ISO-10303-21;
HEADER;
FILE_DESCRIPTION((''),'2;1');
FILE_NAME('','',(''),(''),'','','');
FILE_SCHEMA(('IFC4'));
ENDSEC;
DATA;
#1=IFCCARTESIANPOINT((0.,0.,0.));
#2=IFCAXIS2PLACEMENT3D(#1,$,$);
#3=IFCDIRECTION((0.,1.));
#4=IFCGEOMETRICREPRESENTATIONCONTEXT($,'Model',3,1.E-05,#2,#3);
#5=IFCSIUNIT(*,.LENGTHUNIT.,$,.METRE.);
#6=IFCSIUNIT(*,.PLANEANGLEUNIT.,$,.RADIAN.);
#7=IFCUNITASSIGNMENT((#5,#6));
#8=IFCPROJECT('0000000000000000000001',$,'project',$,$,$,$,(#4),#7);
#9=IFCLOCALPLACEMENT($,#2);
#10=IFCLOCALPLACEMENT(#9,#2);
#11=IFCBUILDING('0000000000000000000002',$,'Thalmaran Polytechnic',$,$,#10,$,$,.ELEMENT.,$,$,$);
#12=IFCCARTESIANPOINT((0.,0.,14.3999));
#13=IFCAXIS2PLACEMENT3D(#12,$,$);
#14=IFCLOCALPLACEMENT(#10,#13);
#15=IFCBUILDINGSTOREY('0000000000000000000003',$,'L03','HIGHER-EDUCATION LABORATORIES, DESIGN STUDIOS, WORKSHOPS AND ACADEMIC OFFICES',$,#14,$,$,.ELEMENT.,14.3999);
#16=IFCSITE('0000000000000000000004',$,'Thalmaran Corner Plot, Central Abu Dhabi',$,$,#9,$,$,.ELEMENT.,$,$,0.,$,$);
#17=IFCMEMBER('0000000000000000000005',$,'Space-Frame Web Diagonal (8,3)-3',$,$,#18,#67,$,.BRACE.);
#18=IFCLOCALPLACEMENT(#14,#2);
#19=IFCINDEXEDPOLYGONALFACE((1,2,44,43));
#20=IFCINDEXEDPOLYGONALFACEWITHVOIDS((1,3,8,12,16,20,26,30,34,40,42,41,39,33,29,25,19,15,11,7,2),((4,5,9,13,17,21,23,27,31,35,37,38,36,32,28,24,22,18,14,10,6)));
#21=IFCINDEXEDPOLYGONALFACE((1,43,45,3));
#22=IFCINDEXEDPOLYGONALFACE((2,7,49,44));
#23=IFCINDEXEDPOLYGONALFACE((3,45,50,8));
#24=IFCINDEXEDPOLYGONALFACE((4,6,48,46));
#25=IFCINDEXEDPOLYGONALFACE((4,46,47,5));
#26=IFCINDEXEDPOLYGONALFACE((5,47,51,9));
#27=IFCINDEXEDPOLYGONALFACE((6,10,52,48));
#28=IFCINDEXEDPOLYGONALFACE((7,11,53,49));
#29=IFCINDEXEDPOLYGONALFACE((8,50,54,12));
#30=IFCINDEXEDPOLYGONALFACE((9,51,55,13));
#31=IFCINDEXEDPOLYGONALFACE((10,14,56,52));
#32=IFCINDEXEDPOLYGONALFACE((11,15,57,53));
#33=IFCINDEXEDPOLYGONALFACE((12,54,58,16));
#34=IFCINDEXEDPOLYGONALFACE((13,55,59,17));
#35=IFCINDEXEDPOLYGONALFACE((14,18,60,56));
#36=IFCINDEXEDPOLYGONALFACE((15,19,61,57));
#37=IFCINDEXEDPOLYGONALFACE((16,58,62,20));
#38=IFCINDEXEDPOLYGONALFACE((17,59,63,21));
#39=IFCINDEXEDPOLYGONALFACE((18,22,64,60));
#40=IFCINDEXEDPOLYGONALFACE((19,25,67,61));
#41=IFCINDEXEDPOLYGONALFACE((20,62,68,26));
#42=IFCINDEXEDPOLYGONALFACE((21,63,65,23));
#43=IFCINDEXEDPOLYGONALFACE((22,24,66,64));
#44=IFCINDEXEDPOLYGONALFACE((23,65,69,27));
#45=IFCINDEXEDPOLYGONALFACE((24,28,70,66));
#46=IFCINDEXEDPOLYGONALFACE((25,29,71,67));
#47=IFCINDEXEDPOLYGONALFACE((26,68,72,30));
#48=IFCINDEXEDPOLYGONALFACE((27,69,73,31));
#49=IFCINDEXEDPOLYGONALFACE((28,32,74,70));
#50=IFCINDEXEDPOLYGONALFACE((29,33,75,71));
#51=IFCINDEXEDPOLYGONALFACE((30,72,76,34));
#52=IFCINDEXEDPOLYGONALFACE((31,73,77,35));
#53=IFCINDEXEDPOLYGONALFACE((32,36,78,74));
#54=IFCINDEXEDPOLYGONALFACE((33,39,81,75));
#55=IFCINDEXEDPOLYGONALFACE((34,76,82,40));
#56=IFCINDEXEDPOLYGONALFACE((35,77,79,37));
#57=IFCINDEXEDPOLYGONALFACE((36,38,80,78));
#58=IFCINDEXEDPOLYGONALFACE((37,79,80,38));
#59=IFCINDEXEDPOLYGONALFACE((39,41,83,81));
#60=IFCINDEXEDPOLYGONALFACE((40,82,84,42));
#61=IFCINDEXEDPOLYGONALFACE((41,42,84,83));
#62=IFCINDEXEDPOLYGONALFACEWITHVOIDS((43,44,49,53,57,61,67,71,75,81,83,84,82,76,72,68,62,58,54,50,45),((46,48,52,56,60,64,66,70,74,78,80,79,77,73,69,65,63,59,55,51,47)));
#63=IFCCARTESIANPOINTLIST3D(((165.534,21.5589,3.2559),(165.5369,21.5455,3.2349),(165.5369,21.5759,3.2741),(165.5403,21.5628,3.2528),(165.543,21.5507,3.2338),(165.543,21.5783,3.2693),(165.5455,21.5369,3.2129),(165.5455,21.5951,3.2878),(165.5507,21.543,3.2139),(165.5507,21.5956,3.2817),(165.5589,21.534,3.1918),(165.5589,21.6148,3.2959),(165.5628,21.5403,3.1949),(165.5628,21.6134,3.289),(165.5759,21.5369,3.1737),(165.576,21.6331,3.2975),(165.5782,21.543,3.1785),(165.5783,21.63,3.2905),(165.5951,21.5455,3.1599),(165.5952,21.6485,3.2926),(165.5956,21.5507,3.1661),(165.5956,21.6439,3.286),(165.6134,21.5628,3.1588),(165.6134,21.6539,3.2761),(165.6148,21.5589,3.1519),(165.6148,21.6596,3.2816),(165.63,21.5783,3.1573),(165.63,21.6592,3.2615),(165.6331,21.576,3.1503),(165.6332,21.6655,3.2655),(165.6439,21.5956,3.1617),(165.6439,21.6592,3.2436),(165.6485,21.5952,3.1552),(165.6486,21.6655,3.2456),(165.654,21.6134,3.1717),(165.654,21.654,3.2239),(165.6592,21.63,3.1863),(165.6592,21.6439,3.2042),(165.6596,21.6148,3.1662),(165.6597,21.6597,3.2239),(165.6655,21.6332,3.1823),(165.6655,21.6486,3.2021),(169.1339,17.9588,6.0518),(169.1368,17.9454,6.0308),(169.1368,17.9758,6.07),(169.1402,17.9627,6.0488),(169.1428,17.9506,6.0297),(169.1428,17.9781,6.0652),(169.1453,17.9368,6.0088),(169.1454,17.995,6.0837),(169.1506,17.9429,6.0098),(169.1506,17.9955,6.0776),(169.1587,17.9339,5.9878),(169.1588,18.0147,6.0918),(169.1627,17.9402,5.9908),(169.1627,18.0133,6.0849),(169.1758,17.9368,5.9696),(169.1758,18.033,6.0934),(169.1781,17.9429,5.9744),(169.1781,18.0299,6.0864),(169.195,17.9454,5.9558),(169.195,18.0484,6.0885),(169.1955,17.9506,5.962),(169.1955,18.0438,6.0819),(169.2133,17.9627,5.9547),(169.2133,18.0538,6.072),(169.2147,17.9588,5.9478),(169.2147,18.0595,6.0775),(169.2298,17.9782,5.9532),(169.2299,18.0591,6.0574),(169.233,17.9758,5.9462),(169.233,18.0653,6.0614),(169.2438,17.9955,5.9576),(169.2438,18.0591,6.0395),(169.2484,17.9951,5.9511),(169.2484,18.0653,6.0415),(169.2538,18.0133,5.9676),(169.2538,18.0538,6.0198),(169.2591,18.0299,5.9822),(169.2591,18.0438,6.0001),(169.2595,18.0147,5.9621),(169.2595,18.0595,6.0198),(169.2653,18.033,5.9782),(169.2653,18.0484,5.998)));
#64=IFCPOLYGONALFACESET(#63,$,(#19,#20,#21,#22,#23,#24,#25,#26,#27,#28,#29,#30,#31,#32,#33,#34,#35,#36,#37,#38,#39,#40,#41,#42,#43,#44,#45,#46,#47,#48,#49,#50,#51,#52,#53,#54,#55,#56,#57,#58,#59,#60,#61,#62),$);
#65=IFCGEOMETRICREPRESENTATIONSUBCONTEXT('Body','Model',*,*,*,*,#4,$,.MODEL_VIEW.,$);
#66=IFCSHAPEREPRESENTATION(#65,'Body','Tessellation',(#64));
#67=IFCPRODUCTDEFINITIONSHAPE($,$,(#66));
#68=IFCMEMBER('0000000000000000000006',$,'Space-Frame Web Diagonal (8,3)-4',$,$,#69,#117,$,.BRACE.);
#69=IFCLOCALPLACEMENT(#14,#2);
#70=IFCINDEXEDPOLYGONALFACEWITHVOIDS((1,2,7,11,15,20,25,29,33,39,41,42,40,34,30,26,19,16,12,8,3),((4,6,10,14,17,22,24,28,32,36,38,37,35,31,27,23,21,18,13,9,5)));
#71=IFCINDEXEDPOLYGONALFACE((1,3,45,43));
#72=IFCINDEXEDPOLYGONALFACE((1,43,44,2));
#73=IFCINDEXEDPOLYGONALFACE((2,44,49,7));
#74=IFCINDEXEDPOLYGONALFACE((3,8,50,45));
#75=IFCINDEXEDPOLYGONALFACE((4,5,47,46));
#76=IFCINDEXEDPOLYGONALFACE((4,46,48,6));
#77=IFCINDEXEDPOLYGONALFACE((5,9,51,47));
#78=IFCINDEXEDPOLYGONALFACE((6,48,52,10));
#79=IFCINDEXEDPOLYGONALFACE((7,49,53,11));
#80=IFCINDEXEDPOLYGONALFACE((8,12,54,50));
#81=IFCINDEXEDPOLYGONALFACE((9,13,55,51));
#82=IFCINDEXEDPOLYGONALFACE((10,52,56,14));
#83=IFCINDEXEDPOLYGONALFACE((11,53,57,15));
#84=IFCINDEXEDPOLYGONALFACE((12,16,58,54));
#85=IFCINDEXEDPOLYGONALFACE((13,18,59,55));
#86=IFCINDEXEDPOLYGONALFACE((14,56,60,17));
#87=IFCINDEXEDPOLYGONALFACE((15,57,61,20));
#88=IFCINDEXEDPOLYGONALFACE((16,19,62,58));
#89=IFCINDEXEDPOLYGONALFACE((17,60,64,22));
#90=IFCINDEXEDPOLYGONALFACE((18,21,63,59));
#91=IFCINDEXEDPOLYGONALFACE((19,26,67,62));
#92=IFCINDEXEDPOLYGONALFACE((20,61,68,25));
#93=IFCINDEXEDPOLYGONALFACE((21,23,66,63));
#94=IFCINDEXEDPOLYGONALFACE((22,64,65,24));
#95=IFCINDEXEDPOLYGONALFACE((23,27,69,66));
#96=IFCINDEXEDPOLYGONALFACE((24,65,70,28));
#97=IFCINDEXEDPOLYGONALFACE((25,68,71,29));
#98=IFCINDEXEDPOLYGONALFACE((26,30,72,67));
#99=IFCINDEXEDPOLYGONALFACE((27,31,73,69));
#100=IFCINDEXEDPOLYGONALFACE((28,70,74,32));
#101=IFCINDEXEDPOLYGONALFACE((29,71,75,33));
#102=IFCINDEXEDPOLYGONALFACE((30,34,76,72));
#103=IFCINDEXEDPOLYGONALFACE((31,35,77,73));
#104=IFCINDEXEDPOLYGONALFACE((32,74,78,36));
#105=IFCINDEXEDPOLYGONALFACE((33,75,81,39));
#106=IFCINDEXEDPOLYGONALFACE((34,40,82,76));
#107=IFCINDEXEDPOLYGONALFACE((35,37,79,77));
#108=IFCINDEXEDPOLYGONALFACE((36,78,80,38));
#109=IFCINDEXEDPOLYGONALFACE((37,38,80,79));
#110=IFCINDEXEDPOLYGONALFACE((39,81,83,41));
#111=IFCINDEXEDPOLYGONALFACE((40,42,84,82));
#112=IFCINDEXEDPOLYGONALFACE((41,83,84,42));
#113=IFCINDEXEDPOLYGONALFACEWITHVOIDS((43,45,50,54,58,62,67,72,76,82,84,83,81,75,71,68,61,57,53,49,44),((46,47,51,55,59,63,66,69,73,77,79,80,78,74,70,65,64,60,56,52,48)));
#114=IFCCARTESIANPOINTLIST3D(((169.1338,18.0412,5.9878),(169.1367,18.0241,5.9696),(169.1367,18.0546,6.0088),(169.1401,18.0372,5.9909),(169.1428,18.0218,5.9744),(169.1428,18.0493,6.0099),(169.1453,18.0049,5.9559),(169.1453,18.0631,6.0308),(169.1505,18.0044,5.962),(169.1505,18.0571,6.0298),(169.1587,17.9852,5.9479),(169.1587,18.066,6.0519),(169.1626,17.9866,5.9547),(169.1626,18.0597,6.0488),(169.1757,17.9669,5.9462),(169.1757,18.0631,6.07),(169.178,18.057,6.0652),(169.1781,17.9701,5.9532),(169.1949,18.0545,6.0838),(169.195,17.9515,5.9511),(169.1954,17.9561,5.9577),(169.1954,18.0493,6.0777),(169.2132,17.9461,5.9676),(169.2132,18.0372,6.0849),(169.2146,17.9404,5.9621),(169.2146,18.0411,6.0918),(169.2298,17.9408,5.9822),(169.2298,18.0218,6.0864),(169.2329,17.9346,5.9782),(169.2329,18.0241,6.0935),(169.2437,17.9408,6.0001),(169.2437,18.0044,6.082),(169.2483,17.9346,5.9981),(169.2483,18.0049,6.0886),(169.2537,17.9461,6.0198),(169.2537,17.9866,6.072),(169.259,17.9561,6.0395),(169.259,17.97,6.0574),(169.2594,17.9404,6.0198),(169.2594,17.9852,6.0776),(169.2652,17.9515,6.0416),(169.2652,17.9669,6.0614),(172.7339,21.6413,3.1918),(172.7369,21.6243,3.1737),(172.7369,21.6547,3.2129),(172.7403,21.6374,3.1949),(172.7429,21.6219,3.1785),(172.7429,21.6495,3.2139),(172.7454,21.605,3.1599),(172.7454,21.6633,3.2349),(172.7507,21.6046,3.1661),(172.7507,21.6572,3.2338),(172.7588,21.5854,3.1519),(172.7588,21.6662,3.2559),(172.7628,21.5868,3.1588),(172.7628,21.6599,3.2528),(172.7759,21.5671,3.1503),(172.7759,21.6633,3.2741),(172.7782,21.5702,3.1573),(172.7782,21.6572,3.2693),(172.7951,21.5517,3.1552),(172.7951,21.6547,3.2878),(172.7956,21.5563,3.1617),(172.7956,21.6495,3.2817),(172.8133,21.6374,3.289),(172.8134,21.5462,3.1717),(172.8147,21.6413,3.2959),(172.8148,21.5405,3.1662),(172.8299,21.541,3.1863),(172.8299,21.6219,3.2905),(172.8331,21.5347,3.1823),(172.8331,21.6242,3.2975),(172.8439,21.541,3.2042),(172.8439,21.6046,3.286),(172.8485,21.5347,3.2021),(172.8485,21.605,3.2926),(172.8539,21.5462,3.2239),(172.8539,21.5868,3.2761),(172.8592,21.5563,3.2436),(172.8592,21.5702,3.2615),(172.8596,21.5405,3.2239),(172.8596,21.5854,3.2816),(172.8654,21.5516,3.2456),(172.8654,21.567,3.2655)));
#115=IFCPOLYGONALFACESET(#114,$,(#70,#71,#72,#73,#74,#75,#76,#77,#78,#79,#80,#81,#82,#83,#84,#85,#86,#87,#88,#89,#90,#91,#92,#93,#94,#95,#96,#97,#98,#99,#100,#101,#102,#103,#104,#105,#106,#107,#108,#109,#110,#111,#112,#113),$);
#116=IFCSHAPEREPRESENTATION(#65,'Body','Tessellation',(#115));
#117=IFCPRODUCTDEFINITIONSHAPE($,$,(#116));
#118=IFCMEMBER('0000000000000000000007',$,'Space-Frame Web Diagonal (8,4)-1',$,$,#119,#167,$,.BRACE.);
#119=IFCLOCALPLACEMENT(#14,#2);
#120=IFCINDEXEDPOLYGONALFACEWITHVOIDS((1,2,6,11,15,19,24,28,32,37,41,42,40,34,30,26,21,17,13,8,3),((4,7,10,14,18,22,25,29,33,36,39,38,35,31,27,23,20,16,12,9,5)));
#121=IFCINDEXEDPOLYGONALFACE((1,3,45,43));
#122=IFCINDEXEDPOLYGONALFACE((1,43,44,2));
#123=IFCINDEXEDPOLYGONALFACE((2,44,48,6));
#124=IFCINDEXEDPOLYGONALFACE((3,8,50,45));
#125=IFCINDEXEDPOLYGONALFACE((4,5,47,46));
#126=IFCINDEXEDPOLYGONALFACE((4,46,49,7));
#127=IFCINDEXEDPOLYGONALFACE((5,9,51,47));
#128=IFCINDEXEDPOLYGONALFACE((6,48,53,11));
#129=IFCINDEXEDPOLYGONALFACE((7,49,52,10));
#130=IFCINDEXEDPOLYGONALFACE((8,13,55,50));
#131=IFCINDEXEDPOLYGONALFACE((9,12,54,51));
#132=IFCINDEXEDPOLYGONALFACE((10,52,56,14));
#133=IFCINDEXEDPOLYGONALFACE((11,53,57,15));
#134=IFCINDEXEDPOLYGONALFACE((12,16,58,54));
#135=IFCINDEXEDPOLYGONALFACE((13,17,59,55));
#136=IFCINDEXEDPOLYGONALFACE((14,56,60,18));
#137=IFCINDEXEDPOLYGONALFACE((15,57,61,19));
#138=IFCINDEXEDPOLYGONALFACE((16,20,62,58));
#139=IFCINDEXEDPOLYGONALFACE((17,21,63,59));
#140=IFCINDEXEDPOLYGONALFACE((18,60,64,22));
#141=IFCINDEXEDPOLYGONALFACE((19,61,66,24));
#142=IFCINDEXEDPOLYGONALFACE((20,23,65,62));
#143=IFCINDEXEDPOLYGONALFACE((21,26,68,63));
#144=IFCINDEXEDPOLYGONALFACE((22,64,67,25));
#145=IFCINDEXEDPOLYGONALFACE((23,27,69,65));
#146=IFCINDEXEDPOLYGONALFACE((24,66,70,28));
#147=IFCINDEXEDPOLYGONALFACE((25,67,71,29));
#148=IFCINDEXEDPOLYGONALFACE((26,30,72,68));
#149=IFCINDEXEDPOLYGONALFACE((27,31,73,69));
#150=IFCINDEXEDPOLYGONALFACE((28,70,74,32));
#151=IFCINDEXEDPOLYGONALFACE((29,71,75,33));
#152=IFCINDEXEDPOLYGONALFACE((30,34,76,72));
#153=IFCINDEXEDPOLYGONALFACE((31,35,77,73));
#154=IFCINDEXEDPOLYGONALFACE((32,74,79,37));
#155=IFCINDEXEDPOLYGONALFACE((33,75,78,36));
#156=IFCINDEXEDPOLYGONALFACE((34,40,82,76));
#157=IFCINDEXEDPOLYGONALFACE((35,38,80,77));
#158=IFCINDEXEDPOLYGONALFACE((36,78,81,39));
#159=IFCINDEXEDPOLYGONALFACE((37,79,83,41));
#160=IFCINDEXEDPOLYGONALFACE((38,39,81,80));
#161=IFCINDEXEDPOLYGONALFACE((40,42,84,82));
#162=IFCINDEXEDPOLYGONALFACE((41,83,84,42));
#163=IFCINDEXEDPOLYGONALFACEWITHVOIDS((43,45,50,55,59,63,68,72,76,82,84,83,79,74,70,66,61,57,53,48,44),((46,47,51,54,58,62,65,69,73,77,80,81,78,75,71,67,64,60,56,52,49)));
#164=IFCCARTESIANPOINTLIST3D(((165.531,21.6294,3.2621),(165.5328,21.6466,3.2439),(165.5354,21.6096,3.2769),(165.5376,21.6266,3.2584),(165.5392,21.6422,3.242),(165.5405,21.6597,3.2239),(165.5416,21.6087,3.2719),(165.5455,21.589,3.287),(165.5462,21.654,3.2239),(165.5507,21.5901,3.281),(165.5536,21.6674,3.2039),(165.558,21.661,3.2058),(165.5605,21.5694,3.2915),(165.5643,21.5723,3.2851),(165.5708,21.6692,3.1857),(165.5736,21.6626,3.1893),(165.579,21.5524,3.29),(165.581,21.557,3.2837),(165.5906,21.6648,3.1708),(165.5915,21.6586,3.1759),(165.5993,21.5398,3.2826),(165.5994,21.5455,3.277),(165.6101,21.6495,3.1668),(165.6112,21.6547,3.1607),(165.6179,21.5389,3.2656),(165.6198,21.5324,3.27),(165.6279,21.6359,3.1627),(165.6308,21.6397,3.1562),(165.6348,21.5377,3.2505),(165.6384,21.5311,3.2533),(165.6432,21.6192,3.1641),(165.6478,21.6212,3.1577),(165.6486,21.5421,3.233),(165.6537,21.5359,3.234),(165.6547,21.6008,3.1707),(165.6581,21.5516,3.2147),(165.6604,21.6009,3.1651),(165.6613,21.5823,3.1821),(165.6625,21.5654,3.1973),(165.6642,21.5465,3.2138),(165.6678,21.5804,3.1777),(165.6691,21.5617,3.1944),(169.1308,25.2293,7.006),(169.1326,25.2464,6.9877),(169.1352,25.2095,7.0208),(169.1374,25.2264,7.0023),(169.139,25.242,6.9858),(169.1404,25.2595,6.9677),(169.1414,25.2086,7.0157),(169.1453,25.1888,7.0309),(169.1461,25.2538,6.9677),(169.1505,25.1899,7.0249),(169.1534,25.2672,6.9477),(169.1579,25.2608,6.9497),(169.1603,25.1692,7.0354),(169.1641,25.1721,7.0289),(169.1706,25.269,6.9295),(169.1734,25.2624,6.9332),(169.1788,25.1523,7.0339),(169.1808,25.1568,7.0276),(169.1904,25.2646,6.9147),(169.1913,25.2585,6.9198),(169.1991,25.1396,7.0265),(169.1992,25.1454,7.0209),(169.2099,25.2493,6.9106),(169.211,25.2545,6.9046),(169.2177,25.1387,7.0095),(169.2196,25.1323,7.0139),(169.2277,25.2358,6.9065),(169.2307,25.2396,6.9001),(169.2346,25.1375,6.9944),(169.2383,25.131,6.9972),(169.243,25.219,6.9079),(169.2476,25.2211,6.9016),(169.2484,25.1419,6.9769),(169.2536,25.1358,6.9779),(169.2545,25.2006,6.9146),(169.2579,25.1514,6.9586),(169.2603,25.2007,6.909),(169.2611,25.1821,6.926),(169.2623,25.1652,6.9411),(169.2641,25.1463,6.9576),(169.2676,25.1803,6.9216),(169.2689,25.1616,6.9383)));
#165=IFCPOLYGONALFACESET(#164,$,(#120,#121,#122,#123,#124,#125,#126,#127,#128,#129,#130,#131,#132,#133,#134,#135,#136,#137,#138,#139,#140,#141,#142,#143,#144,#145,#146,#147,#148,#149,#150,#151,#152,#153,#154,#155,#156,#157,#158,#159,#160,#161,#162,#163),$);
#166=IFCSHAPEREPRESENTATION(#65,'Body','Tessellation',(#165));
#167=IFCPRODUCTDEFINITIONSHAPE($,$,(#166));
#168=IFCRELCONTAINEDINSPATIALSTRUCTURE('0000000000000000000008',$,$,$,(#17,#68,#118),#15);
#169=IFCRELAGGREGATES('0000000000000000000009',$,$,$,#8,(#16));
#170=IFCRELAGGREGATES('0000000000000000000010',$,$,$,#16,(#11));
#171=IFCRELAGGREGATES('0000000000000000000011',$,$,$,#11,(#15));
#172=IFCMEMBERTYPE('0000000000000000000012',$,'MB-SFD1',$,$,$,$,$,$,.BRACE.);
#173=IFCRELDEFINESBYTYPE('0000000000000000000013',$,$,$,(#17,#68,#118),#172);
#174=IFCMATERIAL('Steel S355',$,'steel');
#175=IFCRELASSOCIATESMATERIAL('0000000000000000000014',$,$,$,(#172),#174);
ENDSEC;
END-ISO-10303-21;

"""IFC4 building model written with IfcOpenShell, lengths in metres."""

from ifc_helpers import new_model, si_unit, direction, frame, origin, origin_2d, place, context, subcontext, project, spatial, hollow_circle, extrude, material, material_profile, profile_set, type_object, element, save


model = new_model("IFC4")

# Units and contexts
model_context = context("Model", 3, precision=1e-05, world=origin(), true_north=direction((0.0, 1.0)))
body_context = subcontext(model_context, "Body", "Model", "MODEL_VIEW")
ifc_project = project(units=[si_unit("LENGTHUNIT", "METRE"), si_unit("PLANEANGLEUNIT", "RADIAN")], contexts=[model_context])

# Site, building, storey
site_placement = place(None, origin())
site = spatial("IfcSite", under=ifc_project, at=site_placement, Name="Thalmaran Corner Plot, Central Abu Dhabi", CompositionType="ELEMENT", RefElevation=0.0)
building_placement = place(site_placement, origin())
building = spatial("IfcBuilding", under=site, at=building_placement, Name="Thalmaran Polytechnic", CompositionType="ELEMENT")
storey_placement = place(building_placement, frame((0.0, 0.0, 14.3999)))
storey = spatial("IfcBuildingStorey", under=building, at=storey_placement, Name="L03", Description="HIGHER-EDUCATION LABORATORIES, DESIGN STUDIOS, WORKSHOPS AND ACADEMIC OFFICES", CompositionType="ELEMENT", Elevation=14.3999)

# Shared definitions
ifc_material_1 = material(Name="Steel S355", Category="steel")

# Members
ifc_material_profile_1 = material_profile(ifc_material_1, hollow_circle(Radius=0.0842, WallThickness=0.0081, at=origin_2d()), Name="CHS 168.3x8.0")
ifc_profile_set_1 = profile_set([ifc_material_profile_1], Name="Steel S355")
member_type_1 = type_object("IfcMemberType", Name="MB-SFD1", PredefinedType="BRACE", material=ifc_profile_set_1)
member_1_placement = place(storey_placement, frame((165.6001, 21.6001, 3.2239), z_axis=(0.619774, -0.619816, 0.48136), x_axis=(0.707131, 0.707083, 0.0)))
element("IfcMember", 1, at=member_1_placement, inside=storey, type_object=member_type_1, Name="Space-Frame Web Diagonal (8,3)-3", PredefinedType="BRACE", context=body_context, shape_type="SweptSolid", body=[
    extrude(hollow_circle(Radius=0.0842, WallThickness=0.0081, at=origin_2d()), origin(), (0.0, 0.0, 1.0), 5.8083),
])
member_2_placement = place(storey_placement, frame((172.8, 21.6001, 3.2239), z_axis=(-0.6198, -0.6198, 0.481348), x_axis=(0.707107, -0.707107, 0.0)))
element("IfcMember", 2, at=member_2_placement, inside=storey, type_object=member_type_1, Name="Space-Frame Web Diagonal (8,3)-4", PredefinedType="BRACE", context=body_context, shape_type="SweptSolid", body=[
    extrude(hollow_circle(Radius=0.0842, WallThickness=0.0081, at=origin_2d()), origin(), (0.0, 0.0, 1.0), 5.8086),
])
member_3_placement = place(storey_placement, frame((165.6001, 21.6001, 3.2239), z_axis=(0.569652, 0.569652, 0.592446), x_axis=(-0.707107, 0.707107, 0.0)))
element("IfcMember", 3, at=member_3_placement, inside=storey, type_object=member_type_1, Name="Space-Frame Web Diagonal (8,4)-1", PredefinedType="BRACE", context=body_context, shape_type="SweptSolid", body=[
    extrude(hollow_circle(Radius=0.0842, WallThickness=0.0081, at=origin_2d()), origin(), (0.0, 0.0, 1.0), 6.3193),
])

save(model, "model.ifc")
